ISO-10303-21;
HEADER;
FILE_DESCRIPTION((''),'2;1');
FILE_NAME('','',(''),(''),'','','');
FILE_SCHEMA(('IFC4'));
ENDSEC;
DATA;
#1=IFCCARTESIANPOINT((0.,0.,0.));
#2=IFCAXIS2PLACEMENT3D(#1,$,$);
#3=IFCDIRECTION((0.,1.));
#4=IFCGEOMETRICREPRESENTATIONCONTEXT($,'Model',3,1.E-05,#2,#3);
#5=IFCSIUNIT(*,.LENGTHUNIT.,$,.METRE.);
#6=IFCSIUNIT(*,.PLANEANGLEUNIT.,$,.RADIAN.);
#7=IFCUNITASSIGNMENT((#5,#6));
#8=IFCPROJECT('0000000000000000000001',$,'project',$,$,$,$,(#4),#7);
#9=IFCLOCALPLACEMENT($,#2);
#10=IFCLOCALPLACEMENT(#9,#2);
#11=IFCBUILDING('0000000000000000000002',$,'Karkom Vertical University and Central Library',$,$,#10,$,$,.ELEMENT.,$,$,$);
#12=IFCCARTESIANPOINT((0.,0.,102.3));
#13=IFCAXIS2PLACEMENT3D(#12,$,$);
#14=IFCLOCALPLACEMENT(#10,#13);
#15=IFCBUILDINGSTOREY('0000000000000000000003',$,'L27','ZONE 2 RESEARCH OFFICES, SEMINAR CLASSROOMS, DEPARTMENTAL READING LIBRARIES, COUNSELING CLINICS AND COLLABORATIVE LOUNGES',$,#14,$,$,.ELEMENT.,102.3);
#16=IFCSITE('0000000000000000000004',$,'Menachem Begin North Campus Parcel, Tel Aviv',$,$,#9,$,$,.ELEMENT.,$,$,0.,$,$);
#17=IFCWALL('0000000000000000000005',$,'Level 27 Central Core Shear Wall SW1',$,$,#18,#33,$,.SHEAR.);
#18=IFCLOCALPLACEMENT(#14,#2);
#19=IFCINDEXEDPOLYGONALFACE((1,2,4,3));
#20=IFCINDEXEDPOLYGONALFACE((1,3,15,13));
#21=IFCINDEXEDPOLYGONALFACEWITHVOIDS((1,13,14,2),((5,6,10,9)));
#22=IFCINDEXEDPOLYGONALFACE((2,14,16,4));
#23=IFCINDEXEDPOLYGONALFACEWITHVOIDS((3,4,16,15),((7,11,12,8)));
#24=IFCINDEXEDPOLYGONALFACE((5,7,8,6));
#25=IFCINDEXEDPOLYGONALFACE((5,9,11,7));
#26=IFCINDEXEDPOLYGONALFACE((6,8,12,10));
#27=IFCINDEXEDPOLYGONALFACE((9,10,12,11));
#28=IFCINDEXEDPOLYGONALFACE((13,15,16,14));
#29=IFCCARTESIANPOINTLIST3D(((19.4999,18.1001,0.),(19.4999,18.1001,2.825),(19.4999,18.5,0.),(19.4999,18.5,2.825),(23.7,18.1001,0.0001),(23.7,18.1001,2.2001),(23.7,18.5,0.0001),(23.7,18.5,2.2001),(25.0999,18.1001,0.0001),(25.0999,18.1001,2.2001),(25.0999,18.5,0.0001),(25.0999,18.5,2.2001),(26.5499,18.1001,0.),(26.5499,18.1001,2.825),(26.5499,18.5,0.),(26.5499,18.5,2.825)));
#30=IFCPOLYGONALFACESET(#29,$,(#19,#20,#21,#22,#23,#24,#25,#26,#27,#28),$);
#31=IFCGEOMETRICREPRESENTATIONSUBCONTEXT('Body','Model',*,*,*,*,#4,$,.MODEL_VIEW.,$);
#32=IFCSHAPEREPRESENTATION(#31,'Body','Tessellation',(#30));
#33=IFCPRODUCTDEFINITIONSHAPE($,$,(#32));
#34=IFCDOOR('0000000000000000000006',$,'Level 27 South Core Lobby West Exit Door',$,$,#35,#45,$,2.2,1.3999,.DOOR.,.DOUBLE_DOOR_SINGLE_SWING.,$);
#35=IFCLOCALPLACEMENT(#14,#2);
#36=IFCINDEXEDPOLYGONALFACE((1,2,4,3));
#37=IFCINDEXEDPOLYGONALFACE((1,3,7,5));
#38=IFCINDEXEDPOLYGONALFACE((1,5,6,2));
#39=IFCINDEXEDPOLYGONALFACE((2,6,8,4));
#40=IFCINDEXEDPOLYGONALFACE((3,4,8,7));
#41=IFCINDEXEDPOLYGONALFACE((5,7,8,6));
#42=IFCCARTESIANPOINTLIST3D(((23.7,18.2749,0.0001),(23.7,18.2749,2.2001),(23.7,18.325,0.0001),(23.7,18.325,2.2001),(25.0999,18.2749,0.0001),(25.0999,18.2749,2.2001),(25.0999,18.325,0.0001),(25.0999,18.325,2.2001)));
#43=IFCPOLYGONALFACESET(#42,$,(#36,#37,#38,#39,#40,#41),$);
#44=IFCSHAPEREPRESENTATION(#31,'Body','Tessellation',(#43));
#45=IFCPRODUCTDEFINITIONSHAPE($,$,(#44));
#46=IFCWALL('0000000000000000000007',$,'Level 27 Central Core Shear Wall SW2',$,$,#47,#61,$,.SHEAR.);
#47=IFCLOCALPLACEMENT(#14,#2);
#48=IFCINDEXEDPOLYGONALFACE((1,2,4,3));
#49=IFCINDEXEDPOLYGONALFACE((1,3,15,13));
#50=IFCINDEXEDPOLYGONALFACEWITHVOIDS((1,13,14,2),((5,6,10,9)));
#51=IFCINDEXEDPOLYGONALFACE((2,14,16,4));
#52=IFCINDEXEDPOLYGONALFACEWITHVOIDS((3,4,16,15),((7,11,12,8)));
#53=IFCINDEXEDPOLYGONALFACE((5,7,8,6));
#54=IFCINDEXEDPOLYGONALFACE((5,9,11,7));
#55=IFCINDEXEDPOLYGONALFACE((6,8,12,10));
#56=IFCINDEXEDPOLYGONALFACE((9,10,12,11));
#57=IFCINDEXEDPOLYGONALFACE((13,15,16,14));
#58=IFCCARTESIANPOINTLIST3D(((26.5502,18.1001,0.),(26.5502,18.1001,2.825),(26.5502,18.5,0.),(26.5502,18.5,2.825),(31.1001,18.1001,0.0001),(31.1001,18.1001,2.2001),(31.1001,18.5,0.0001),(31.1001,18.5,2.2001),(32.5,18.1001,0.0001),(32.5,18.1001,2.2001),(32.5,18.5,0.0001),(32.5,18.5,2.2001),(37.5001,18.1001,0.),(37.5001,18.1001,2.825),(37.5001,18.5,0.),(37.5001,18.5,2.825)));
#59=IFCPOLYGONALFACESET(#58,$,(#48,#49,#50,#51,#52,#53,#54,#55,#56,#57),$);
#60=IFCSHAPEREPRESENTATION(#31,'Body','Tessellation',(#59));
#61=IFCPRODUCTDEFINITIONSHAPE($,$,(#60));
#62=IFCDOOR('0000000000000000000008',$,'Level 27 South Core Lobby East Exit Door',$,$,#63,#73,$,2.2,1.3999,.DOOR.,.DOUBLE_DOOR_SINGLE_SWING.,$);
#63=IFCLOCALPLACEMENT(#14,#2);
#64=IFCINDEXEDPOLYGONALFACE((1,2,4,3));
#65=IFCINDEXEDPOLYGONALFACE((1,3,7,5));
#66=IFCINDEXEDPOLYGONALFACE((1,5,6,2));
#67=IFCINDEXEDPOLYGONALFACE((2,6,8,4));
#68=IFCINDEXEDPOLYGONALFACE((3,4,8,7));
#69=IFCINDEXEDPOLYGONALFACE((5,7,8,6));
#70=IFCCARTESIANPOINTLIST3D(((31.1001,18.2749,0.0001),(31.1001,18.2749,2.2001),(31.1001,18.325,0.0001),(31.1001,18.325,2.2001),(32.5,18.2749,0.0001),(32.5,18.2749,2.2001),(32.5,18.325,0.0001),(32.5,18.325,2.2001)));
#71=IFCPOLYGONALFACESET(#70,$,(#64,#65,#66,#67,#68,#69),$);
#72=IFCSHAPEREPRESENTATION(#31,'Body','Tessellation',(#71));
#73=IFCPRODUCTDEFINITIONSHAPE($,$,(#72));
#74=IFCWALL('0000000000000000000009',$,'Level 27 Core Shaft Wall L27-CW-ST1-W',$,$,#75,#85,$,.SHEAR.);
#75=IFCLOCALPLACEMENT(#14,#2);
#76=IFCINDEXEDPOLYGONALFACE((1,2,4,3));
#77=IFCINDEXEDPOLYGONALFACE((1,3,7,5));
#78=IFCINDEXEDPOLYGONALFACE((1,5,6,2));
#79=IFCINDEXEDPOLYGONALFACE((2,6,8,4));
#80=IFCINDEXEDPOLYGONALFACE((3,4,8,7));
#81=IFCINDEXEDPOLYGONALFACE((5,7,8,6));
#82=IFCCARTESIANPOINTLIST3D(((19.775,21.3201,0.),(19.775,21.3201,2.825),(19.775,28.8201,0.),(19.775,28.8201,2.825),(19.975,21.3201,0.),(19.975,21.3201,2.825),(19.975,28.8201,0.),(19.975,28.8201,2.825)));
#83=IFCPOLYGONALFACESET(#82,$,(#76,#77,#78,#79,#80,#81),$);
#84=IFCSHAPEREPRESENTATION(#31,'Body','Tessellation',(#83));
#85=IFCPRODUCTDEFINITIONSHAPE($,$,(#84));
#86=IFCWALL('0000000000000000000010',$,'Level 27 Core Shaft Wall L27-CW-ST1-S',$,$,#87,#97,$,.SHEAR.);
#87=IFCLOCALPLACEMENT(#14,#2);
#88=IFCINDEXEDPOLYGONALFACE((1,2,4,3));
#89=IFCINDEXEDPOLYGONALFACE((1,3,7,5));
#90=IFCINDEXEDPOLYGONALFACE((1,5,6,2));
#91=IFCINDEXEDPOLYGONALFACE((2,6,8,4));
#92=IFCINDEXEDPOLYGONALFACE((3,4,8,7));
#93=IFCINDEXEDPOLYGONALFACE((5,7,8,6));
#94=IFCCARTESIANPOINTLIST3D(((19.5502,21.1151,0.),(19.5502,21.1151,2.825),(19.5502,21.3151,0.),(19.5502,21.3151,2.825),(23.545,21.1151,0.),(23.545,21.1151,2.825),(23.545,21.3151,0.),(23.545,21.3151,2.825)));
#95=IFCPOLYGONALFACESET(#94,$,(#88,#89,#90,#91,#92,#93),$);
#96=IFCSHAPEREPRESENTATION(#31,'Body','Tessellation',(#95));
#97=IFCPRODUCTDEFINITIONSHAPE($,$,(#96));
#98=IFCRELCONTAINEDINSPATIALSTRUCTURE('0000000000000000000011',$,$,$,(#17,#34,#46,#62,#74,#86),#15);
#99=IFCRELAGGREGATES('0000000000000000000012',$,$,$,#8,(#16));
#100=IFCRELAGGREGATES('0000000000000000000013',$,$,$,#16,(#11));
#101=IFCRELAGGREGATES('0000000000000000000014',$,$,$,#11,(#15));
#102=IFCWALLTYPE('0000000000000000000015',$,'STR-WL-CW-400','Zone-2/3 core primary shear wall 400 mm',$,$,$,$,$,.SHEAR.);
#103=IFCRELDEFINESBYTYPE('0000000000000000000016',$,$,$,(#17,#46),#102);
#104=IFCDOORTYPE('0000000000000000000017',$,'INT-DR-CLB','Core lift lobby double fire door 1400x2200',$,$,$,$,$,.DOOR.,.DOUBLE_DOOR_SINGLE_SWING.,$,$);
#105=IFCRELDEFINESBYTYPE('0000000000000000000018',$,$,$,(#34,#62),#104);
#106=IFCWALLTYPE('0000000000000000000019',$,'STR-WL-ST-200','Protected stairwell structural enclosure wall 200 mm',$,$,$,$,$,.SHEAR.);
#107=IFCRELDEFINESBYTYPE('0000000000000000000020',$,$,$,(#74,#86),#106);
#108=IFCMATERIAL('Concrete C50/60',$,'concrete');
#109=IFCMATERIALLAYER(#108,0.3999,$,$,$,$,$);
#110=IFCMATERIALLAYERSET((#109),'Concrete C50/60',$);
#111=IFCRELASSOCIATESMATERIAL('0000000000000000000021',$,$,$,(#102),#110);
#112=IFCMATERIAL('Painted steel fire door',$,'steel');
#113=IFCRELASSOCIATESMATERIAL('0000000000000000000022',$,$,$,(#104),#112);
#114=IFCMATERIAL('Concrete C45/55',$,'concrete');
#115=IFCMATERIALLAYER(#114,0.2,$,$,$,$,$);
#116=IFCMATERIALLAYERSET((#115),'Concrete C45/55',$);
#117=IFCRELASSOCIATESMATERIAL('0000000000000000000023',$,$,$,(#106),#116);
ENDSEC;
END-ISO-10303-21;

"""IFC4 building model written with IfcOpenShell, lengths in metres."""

from ifc_helpers import new_model, si_unit, direction, frame, frame_2d, origin, origin_with_axes, place, context, subcontext, project, spatial, rectangle, extrude, source, transform, mapped, material, layer, layer_set, type_object, element, fill, save


model = new_model("IFC4")

# Units and contexts
model_context = context("Model", 3, precision=1e-05, world=origin(), true_north=direction((0.0, 1.0)))
body_context = subcontext(model_context, "Body", "Model", "MODEL_VIEW")
ifc_project = project(units=[si_unit("LENGTHUNIT", "METRE"), si_unit("PLANEANGLEUNIT", "RADIAN")], contexts=[model_context])

# Site, building, storey
site_placement = place(None, origin())
site = spatial("IfcSite", under=ifc_project, at=site_placement, Name="Menachem Begin North Campus Parcel, Tel Aviv", CompositionType="ELEMENT", RefElevation=0.0)
building_placement = place(site_placement, origin())
building = spatial("IfcBuilding", under=site, at=building_placement, Name="Karkom Vertical University and Central Library", CompositionType="ELEMENT")
storey_placement = place(building_placement, frame((0.0, 0.0, 102.3)))
storey = spatial("IfcBuildingStorey", under=building, at=storey_placement, Name="L27", Description="ZONE 2 RESEARCH OFFICES, SEMINAR CLASSROOMS, DEPARTMENTAL READING LIBRARIES, COUNSELING CLINICS AND COLLABORATIVE LOUNGES", CompositionType="ELEMENT", Elevation=102.3)

# Shared definitions
ifc_material_1 = material(Name="Concrete C50/60", Category="concrete")

# Walls, openings, doors
ifc_layer_1 = layer(ifc_material_1, 0.3999)
ifc_layer_set_1 = layer_set([ifc_layer_1], Name="Concrete C50/60")
wall_type_1 = type_object("IfcWallType", Name="STR-WL-CW-400", Description="Zone-2/3 core primary shear wall 400 mm", PredefinedType="SHEAR", material=ifc_layer_set_1)
wall_1_placement = place(storey_placement, frame((19.5, 18.3, 0.0), z_axis=(0.0, 0.0, 1.0), x_axis=(1.0, 0.0, 0.0)))
wall_1 = element("IfcWall", 1, at=wall_1_placement, inside=storey, type_object=wall_type_1, Name="Level 27 Central Core Shear Wall SW1", PredefinedType="SHEAR", context=body_context, shape_type="SweptSolid", body=[
    extrude(rectangle(XDim=7.05, YDim=0.3999, at=frame_2d((3.5249, 0.0))), origin(), (0.0, 0.0, 1.0), 2.825),
])
opening_1_placement = place(wall_1_placement, frame((4.2, 0.0, 0.0)))
opening_1 = element("IfcOpeningElement", 2, at=opening_1_placement, cuts=wall_1, PredefinedType="OPENING", context=body_context, shape_type="SweptSolid", body=[
    extrude(rectangle(XDim=1.3999, YDim=2.2, at=frame_2d((0.7, 1.1001))), frame((0.0, 0.21, 0.0), z_axis=(0.0, -1.0, 0.0), x_axis=(1.0, 0.0, 0.0)), (0.0, 0.0, 1.0), 0.4199),
])
ifc_material_2 = material(Name="Painted steel fire door", Category="steel")
door_type_1 = type_object("IfcDoorType", Name="INT-DR-CLB", Description="Core lift lobby double fire door 1400x2200", OperationType="DOUBLE_DOOR_SINGLE_SWING", PredefinedType="DOOR", material=ifc_material_2)
shared_shape_1 = source(origin_with_axes(), body_context, "Body", "SweptSolid", [
    extrude(rectangle(XDim=1.3999, YDim=2.2, at=frame_2d((0.7, 1.1001))), frame((0.0, 0.0249, 0.0), z_axis=(0.0, -1.0, 0.0), x_axis=(1.0, 0.0, 0.0)), (0.0, 0.0, 1.0), 0.05),
])
door_1_placement = place(opening_1_placement, origin())
door_1 = element("IfcDoor", 3, at=door_1_placement, inside=storey, type_object=door_type_1, Name="Level 27 South Core Lobby West Exit Door", OperationType="DOUBLE_DOOR_SINGLE_SWING", OverallHeight=2.2, OverallWidth=1.3999, PredefinedType="DOOR", context=body_context, shape_type="MappedRepresentation", body=[
    mapped(shared_shape_1, transform((0.0, 0.0, 0.0), scale=1.0)),
])
fill(opening_1, door_1)
wall_2_placement = place(storey_placement, frame((26.55, 18.3, 0.0), z_axis=(0.0, 0.0, 1.0), x_axis=(1.0, 0.0, 0.0)))
wall_2 = element("IfcWall", 4, at=wall_2_placement, inside=storey, type_object=wall_type_1, Name="Level 27 Central Core Shear Wall SW2", PredefinedType="SHEAR", context=body_context, shape_type="SweptSolid", body=[
    extrude(rectangle(XDim=10.95, YDim=0.3999, at=frame_2d((5.4751, 0.0))), origin(), (0.0, 0.0, 1.0), 2.825),
])
opening_2_placement = place(wall_2_placement, frame((4.55, 0.0, 0.0)))
opening_2 = element("IfcOpeningElement", 5, at=opening_2_placement, cuts=wall_2, PredefinedType="OPENING", context=body_context, shape_type="SweptSolid", body=[
    extrude(rectangle(XDim=1.3999, YDim=2.2, at=frame_2d((0.7, 1.1001))), frame((0.0, 0.21, 0.0), z_axis=(0.0, -1.0, 0.0), x_axis=(1.0, 0.0, 0.0)), (0.0, 0.0, 1.0), 0.4199),
])
door_2_placement = place(opening_2_placement, origin())
door_2 = element("IfcDoor", 6, at=door_2_placement, inside=storey, type_object=door_type_1, Name="Level 27 South Core Lobby East Exit Door", OperationType="DOUBLE_DOOR_SINGLE_SWING", OverallHeight=2.2, OverallWidth=1.3999, PredefinedType="DOOR", context=body_context, shape_type="MappedRepresentation", body=[
    mapped(shared_shape_1, transform((0.0, 0.0, 0.0), scale=1.0)),
])
fill(opening_2, door_2)

# Shared definitions
ifc_material_3 = material(Name="Concrete C45/55", Category="concrete")
ifc_layer_2 = layer(ifc_material_3, 0.2)
ifc_layer_set_2 = layer_set([ifc_layer_2], Name="Concrete C45/55")
wall_type_2 = type_object("IfcWallType", Name="STR-WL-ST-200", Description="Protected stairwell structural enclosure wall 200 mm", PredefinedType="SHEAR", material=ifc_layer_set_2)

# Walls
wall_3_placement = place(storey_placement, frame((19.875, 21.3201, 0.0), z_axis=(0.0, 0.0, 1.0), x_axis=(0.0, 1.0, 0.0)))
element("IfcWall", 7, at=wall_3_placement, inside=storey, type_object=wall_type_2, Name="Level 27 Core Shaft Wall L27-CW-ST1-W", PredefinedType="SHEAR", context=body_context, shape_type="SweptSolid", body=[
    extrude(rectangle(XDim=7.5, YDim=0.2, at=frame_2d((3.75, 0.0))), origin(), (0.0, 0.0, 1.0), 2.825),
])
wall_4_placement = place(storey_placement, frame((19.55, 21.2151, 0.0), z_axis=(0.0, 0.0, 1.0), x_axis=(1.0, 0.0, 0.0)))
element("IfcWall", 8, at=wall_4_placement, inside=storey, type_object=wall_type_2, Name="Level 27 Core Shaft Wall L27-CW-ST1-S", PredefinedType="SHEAR", context=body_context, shape_type="SweptSolid", body=[
    extrude(rectangle(XDim=3.9949, YDim=0.2, at=frame_2d((1.9976, 0.0))), origin(), (0.0, 0.0, 1.0), 2.825),
])

save(model, "model.ifc")
